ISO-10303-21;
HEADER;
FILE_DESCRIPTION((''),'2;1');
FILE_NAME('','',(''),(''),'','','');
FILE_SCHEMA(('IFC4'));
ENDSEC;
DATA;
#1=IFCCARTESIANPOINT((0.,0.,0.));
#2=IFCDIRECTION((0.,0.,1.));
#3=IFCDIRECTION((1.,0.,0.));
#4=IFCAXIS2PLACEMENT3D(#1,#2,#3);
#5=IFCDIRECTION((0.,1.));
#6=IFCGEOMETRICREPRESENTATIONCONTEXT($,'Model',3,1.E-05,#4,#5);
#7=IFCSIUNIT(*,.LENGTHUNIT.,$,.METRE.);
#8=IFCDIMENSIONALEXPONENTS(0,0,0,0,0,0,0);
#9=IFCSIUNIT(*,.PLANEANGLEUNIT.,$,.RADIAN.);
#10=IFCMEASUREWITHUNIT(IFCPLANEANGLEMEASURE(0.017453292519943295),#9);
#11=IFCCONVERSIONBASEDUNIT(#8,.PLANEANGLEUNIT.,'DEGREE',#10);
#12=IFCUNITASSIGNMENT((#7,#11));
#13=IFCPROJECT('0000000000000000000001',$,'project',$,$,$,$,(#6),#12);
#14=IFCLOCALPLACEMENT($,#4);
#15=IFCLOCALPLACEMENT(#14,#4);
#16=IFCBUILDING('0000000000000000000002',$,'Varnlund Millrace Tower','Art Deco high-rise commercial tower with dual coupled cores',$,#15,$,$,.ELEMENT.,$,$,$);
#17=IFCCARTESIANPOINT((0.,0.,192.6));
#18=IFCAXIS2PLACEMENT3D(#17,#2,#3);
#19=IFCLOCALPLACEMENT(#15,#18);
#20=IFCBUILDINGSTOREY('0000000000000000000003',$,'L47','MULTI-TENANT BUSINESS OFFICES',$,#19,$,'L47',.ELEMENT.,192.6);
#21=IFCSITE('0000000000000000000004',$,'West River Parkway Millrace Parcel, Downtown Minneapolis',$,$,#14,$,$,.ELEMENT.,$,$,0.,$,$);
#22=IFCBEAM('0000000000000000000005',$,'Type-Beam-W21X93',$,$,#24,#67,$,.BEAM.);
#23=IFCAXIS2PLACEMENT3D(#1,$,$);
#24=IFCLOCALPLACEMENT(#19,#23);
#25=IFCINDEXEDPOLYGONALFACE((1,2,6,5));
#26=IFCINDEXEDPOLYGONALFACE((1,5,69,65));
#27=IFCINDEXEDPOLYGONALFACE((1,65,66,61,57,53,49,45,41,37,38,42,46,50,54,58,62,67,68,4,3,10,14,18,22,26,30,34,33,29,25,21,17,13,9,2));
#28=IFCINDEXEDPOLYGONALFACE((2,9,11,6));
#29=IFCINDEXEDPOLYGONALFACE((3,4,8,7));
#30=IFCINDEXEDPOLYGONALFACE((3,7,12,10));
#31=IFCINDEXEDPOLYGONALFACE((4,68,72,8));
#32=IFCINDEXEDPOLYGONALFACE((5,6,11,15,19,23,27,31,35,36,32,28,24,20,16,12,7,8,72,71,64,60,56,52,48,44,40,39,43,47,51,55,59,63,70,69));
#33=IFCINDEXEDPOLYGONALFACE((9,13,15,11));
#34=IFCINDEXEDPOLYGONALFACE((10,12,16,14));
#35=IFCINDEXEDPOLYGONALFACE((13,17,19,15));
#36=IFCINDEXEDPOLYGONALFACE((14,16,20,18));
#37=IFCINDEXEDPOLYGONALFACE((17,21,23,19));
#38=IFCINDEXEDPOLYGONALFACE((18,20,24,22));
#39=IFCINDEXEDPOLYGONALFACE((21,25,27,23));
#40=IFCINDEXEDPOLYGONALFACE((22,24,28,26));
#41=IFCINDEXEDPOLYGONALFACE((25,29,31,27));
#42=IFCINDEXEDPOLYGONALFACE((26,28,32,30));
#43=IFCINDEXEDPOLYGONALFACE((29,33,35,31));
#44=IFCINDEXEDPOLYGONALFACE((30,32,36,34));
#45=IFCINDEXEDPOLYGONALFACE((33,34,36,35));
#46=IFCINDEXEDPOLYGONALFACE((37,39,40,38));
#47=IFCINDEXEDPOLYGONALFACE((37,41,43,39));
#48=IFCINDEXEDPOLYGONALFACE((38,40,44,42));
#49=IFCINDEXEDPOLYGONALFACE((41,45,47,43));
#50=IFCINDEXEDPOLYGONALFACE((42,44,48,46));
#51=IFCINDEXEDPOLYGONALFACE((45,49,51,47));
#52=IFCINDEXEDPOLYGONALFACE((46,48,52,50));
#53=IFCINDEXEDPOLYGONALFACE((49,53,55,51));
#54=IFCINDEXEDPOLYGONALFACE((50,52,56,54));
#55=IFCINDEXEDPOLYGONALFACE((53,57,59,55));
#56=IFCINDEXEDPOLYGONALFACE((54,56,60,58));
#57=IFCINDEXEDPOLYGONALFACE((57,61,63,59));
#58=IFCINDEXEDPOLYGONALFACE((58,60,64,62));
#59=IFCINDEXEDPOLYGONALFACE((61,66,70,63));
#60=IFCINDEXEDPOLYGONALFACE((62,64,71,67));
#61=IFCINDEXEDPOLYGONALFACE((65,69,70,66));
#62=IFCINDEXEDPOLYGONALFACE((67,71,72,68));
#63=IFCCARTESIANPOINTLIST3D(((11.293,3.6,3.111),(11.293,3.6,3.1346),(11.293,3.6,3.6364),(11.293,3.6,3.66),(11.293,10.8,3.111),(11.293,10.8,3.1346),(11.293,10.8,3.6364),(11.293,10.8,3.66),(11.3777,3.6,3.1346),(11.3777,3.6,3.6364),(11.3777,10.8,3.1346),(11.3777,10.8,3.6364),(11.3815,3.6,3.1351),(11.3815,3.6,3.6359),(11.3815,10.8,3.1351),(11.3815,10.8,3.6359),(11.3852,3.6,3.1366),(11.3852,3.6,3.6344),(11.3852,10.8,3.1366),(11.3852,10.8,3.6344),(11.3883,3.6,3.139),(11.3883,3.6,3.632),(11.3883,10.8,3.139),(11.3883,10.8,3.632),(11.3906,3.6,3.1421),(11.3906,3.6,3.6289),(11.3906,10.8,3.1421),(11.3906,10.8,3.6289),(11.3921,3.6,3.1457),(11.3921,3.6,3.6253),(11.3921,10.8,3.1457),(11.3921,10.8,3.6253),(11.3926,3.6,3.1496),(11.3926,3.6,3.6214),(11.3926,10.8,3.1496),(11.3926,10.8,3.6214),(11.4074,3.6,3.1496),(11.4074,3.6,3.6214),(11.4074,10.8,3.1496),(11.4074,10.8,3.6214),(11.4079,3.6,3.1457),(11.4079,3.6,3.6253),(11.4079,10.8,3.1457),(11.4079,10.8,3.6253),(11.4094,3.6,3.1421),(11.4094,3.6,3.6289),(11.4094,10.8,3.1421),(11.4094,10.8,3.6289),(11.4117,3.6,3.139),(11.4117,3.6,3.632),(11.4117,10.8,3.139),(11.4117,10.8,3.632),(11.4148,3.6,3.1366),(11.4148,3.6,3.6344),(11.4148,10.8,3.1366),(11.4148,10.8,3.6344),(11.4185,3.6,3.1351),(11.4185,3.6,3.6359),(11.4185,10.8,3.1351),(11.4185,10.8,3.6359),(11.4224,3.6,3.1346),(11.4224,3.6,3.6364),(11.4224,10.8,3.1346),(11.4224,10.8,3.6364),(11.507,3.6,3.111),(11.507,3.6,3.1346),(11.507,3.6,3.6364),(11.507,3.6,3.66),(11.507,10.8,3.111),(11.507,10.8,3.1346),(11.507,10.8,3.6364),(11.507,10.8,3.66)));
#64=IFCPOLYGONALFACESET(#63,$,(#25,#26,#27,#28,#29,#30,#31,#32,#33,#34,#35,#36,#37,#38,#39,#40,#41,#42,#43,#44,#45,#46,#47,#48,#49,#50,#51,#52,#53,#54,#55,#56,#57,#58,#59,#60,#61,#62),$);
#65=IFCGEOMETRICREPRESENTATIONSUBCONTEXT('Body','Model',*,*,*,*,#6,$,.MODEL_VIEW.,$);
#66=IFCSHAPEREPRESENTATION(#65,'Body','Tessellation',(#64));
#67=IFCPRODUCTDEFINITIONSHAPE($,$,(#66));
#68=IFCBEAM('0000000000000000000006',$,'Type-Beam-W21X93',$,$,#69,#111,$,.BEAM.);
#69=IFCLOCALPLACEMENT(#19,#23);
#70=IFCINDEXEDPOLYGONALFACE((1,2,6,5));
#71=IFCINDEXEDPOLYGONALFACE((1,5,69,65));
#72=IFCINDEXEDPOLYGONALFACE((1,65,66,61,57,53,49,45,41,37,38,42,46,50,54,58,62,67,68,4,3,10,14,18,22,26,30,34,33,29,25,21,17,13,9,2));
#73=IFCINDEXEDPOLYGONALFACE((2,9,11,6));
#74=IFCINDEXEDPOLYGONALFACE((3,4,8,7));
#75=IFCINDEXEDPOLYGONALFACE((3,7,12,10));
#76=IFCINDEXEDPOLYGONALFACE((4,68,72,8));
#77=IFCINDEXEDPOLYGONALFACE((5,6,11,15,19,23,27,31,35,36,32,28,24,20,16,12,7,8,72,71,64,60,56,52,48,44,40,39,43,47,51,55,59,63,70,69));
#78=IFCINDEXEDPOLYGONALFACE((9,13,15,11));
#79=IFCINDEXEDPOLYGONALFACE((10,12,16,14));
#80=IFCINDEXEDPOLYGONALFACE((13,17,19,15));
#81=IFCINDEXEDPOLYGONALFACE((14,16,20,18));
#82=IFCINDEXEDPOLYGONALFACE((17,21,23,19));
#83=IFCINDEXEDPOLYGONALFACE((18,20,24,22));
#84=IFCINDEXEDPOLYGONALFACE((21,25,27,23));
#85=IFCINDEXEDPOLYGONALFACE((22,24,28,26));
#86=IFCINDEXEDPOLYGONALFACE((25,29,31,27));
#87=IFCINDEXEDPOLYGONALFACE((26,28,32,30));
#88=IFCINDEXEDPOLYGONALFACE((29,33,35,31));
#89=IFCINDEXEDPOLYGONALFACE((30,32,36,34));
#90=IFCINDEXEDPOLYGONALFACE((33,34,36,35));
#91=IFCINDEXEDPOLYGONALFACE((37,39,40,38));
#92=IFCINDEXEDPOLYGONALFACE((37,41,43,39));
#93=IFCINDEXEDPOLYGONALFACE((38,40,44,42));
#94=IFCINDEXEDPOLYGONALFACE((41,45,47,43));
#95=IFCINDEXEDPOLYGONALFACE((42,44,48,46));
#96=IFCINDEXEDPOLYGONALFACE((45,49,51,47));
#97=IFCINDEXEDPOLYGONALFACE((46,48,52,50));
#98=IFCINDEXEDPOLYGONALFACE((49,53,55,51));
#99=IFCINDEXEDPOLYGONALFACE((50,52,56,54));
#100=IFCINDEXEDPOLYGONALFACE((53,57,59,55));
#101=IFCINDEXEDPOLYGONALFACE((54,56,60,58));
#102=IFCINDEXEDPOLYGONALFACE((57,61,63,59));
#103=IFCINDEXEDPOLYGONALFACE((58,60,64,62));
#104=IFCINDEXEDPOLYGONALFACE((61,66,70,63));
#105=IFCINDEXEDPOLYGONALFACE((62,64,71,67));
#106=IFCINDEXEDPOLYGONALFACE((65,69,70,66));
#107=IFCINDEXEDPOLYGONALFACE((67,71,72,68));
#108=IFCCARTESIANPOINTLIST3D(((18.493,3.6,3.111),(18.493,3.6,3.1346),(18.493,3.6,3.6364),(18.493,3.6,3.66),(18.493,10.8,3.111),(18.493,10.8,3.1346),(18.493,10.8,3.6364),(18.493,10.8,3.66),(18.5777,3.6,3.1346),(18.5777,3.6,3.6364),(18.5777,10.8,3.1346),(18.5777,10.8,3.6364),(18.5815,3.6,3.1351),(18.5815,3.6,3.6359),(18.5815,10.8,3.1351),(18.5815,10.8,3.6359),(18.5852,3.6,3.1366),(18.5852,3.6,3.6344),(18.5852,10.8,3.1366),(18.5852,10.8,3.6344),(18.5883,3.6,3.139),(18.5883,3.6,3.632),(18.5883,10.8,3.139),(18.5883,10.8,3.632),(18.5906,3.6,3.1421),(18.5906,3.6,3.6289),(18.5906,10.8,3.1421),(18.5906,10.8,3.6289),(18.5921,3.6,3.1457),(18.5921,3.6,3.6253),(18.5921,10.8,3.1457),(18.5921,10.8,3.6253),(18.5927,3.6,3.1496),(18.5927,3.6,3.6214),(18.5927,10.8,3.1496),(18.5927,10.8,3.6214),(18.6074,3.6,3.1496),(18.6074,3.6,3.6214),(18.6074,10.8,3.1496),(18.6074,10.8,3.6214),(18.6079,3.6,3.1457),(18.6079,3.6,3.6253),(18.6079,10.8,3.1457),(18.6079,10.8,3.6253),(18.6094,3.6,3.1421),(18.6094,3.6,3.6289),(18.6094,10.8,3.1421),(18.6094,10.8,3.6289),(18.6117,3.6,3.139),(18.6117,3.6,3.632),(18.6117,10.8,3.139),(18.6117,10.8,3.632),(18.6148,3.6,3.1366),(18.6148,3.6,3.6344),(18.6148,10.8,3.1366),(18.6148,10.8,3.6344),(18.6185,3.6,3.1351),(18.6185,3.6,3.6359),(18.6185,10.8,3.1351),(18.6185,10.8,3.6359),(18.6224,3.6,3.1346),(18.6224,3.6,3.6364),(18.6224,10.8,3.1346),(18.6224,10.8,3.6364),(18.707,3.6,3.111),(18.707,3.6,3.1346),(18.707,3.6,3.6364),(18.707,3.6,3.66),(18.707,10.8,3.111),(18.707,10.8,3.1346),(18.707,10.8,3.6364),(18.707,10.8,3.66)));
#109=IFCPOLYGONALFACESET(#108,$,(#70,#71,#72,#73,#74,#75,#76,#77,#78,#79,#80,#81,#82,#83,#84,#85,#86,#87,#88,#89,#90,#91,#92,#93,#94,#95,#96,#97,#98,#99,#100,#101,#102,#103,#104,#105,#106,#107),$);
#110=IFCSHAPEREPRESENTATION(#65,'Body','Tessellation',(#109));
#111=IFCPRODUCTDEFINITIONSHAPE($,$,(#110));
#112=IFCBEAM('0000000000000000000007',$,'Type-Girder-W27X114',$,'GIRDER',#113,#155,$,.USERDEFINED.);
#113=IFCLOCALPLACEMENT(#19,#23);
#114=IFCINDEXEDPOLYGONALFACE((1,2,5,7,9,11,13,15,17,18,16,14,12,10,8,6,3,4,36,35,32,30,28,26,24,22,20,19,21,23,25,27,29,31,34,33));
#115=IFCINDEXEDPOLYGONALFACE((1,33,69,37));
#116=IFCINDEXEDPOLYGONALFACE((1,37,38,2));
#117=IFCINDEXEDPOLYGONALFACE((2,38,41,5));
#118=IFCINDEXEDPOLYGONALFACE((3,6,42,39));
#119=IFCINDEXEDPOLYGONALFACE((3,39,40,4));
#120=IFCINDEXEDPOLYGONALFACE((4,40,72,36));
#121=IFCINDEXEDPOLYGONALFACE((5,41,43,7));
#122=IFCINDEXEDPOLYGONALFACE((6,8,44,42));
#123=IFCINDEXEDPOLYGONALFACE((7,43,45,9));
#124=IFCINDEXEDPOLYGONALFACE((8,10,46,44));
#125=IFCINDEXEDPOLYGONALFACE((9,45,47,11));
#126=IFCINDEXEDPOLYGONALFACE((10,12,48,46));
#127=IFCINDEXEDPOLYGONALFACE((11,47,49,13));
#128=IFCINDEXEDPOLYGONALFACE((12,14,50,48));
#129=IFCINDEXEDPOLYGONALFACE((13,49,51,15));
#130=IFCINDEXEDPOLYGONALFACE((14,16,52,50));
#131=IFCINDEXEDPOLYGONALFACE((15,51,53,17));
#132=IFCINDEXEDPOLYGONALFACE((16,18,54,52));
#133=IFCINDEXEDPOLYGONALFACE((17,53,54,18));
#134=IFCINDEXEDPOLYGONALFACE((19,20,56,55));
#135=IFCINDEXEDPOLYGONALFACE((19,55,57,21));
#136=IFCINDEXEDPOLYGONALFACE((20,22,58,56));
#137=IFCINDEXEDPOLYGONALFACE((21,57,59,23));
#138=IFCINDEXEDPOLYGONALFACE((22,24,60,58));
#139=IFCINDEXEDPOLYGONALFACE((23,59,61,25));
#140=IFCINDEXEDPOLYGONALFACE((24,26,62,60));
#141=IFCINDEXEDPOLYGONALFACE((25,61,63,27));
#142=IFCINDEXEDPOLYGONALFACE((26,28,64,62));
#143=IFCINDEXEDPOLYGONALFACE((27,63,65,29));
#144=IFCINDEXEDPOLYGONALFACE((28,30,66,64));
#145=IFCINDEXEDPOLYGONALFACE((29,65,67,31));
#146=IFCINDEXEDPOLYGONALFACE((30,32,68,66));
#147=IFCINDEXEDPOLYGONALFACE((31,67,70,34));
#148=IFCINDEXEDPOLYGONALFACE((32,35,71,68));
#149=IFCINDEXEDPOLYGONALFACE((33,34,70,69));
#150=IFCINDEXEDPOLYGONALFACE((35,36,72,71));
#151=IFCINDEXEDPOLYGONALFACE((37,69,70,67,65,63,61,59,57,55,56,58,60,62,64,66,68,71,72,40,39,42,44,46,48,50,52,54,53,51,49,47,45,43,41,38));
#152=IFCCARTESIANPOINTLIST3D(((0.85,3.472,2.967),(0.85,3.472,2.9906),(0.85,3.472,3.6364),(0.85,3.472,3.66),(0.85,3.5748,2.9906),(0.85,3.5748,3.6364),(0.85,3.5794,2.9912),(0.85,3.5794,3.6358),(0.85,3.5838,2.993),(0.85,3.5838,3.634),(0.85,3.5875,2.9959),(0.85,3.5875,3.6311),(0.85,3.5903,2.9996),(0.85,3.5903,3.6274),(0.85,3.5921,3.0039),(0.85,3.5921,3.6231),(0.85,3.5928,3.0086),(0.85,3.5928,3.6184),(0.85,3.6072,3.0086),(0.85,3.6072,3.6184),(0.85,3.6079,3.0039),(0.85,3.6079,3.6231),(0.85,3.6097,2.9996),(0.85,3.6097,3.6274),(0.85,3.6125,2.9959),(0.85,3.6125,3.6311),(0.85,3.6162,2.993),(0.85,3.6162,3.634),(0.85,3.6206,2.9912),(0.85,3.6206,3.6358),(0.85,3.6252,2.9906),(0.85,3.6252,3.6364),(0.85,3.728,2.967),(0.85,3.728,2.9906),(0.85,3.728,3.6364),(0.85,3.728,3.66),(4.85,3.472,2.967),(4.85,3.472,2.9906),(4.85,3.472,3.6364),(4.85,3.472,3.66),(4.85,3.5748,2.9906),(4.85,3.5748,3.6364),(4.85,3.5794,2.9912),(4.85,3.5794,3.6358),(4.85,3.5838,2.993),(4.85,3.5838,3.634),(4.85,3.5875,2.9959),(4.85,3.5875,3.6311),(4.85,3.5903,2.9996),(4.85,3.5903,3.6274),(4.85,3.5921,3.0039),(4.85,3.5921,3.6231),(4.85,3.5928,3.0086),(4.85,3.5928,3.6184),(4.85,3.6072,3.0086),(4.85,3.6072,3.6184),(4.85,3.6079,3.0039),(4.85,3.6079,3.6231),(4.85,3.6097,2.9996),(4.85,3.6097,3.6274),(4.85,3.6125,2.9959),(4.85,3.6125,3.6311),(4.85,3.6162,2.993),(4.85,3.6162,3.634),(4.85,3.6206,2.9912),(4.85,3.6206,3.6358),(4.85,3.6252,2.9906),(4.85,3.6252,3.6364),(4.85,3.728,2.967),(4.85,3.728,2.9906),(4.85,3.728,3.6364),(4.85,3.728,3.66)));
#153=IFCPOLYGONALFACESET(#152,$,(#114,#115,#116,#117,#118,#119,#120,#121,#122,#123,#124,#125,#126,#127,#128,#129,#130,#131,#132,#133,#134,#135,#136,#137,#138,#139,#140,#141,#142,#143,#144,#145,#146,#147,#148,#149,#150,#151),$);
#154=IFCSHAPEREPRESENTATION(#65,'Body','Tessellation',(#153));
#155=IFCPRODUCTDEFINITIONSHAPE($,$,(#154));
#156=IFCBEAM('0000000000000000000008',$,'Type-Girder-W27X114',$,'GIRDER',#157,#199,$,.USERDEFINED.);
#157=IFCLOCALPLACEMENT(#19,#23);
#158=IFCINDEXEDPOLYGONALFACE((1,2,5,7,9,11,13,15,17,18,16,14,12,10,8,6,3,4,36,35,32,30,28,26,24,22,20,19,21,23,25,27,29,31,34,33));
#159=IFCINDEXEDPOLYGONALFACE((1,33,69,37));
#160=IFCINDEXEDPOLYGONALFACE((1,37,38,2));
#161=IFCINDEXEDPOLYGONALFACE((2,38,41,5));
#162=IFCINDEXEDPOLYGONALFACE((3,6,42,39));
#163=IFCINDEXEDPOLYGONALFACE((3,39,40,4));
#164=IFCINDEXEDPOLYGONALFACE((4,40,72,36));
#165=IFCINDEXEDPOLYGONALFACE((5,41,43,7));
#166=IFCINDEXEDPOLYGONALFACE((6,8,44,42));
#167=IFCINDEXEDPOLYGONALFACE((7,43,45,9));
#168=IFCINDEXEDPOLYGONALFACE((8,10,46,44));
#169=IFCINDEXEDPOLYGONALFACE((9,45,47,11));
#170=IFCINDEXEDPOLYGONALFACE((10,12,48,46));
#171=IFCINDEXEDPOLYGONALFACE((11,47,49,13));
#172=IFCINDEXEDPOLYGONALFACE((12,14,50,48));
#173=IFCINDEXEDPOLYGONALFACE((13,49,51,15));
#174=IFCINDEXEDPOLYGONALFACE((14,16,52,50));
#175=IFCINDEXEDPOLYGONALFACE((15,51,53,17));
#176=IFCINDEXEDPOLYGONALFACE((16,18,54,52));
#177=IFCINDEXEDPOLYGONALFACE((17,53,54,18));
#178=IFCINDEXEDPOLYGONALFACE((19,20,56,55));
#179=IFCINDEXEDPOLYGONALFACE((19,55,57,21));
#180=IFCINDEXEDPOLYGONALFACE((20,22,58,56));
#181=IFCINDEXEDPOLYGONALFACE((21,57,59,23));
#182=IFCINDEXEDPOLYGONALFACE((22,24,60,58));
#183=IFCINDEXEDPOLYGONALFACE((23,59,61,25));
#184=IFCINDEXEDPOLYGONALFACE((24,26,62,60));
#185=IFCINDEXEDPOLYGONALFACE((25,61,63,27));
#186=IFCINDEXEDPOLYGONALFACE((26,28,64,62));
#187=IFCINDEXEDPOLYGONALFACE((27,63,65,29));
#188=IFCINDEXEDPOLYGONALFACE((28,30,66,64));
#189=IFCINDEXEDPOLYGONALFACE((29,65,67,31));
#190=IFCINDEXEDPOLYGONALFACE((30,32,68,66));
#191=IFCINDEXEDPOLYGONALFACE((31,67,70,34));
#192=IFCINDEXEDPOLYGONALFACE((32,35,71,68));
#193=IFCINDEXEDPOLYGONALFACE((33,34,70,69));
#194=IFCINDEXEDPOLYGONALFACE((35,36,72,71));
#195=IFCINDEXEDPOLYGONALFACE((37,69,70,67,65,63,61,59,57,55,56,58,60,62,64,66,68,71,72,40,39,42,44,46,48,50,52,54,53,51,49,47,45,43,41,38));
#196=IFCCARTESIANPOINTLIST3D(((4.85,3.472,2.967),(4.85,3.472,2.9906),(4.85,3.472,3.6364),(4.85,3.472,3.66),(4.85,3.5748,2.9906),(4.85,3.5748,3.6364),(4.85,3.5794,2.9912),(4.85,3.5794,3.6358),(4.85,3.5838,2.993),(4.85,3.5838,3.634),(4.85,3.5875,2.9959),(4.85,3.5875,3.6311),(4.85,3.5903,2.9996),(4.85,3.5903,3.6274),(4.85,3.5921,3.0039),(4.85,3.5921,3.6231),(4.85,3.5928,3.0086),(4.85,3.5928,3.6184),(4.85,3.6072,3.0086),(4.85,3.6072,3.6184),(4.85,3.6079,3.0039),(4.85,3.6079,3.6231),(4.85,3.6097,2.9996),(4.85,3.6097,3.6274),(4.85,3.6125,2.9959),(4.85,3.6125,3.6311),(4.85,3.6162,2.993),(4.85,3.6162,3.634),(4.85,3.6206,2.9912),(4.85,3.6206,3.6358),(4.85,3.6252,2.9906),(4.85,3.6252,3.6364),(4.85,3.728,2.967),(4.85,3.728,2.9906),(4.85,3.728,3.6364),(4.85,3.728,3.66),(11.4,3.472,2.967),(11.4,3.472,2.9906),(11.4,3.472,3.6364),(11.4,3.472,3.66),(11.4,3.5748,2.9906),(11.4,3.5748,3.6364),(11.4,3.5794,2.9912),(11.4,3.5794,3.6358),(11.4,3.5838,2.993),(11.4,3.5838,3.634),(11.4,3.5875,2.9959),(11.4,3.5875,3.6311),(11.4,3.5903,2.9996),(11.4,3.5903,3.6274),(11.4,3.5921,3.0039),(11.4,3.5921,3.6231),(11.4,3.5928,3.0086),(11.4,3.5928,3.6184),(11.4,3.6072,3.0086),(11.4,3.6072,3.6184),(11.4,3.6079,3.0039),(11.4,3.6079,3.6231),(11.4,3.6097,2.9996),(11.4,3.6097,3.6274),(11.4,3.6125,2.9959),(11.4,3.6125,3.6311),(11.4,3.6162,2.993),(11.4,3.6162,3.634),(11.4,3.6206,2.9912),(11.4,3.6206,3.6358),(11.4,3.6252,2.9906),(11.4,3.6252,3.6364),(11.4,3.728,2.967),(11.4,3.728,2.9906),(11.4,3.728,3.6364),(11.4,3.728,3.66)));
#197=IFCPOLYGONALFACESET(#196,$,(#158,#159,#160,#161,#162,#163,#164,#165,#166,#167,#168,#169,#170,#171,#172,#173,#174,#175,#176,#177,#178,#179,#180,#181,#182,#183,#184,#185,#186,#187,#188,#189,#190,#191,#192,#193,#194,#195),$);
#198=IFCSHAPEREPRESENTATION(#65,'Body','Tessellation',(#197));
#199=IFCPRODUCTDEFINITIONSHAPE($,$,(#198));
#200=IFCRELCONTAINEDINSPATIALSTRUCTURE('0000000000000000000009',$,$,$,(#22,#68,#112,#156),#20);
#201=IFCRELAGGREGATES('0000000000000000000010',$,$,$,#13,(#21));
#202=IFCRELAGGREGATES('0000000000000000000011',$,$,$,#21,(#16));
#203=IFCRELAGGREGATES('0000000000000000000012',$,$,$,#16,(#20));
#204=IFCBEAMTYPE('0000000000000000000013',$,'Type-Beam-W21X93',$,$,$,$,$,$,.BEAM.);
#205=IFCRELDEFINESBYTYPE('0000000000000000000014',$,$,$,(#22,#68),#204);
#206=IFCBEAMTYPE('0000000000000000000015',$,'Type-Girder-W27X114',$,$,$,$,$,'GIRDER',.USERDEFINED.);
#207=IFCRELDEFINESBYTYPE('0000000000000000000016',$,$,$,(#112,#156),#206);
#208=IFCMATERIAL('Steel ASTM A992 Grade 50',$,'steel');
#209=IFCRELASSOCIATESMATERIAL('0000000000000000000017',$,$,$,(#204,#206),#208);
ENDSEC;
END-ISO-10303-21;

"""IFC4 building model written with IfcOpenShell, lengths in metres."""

from ifc_helpers import new_model, entity, si_unit, converted_unit, direction, frame, origin_with_axes, origin_2d_with_axis, place, context, subcontext, project, spatial, i_section, extrude, material, material_profile, profile_set, type_object, element, save


model = new_model("IFC4")

# Units and contexts
model_context = context("Model", 3, precision=1e-05, world=origin_with_axes(), true_north=direction((0.0, 1.0)))
body_context = subcontext(model_context, "Body", "Model", "MODEL_VIEW")
ifc_project = project(units=[si_unit("LENGTHUNIT", "METRE"), converted_unit("PLANEANGLEUNIT", "DEGREE", entity("IfcPlaneAngleMeasure", 0.017453292519943295), si_unit("PLANEANGLEUNIT", "RADIAN"), dimensions=[0, 0, 0, 0, 0, 0, 0])], contexts=[model_context])

# Site, building, storey
site_placement = place(None, origin_with_axes())
site = spatial("IfcSite", under=ifc_project, at=site_placement, Name="West River Parkway Millrace Parcel, Downtown Minneapolis", CompositionType="ELEMENT", RefElevation=0.0)
building_placement = place(site_placement, origin_with_axes())
building = spatial("IfcBuilding", under=site, at=building_placement, Name="Varnlund Millrace Tower", Description="Art Deco high-rise commercial tower with dual coupled cores", CompositionType="ELEMENT")
storey_placement = place(building_placement, frame((0.0, 0.0, 192.6), z_axis=(0.0, 0.0, 1.0), x_axis=(1.0, 0.0, 0.0)))
storey = spatial("IfcBuildingStorey", under=building, at=storey_placement, Name="L47", Description="MULTI-TENANT BUSINESS OFFICES", LongName="L47", CompositionType="ELEMENT", Elevation=192.6)

# Beams
ifc_material_1 = material(Name="Steel ASTM A992 Grade 50", Category="steel")
ifc_material_profile_1 = material_profile(ifc_material_1, i_section(OverallWidth=0.214, OverallDepth=0.549, WebThickness=0.0147, FlangeThickness=0.0236, FilletRadius=0.015, at=origin_2d_with_axis()), Name="Steel ASTM A992 Grade 50")
ifc_profile_set_1 = profile_set([ifc_material_profile_1], Name="Steel ASTM A992 Grade 50")
beam_type_1 = type_object("IfcBeamType", Name="Type-Beam-W21X93", PredefinedType="BEAM", material=ifc_profile_set_1)
for number, where, z_axis, x_axis, name in (
    (1, (11.4, 3.6, 3.3855), (0.0, 1.0, 0.0), (-1.0, 0.0, 0.0), "Type-Beam-W21X93"),
    (2, (18.6, 3.6, 3.3855), (0.0, 1.0, 0.0), (-1.0, 0.0, 0.0), "Type-Beam-W21X93"),
):
    element("IfcBeam", number, at=place(storey_placement, frame(where, z_axis=z_axis, x_axis=x_axis)), inside=storey, type_object=beam_type_1, Name=name, PredefinedType="BEAM", context=body_context, shape_type="SweptSolid", body=[
        extrude(i_section(OverallWidth=0.214, OverallDepth=0.549, WebThickness=0.0147, FlangeThickness=0.0236, FilletRadius=0.015, at=origin_2d_with_axis()), origin_with_axes(), (0.0, 0.0, 1.0), 7.2),
    ])
ifc_material_profile_2 = material_profile(ifc_material_1, i_section(OverallWidth=0.256, OverallDepth=0.693, WebThickness=0.0145, FlangeThickness=0.0236, FilletRadius=0.018, at=origin_2d_with_axis()), Name="Steel ASTM A992 Grade 50")
ifc_profile_set_2 = profile_set([ifc_material_profile_2], Name="Steel ASTM A992 Grade 50")
beam_type_2 = type_object("IfcBeamType", Name="Type-Girder-W27X114", ElementType="GIRDER", PredefinedType="USERDEFINED", material=ifc_profile_set_2)
beam_1_placement = place(storey_placement, frame((0.85, 3.6, 3.3135), z_axis=(1.0, 0.0, 0.0), x_axis=(0.0, 1.0, 0.0)))
element("IfcBeam", 3, at=beam_1_placement, inside=storey, type_object=beam_type_2, Name="Type-Girder-W27X114", ObjectType="GIRDER", PredefinedType="USERDEFINED", context=body_context, shape_type="SweptSolid", body=[
    extrude(i_section(OverallWidth=0.256, OverallDepth=0.693, WebThickness=0.0145, FlangeThickness=0.0236, FilletRadius=0.018, at=origin_2d_with_axis()), origin_with_axes(), (0.0, 0.0, 1.0), 4.0),
])
beam_2_placement = place(storey_placement, frame((4.85, 3.6, 3.3135), z_axis=(1.0, 0.0, 0.0), x_axis=(0.0, 1.0, 0.0)))
element("IfcBeam", 4, at=beam_2_placement, inside=storey, type_object=beam_type_2, Name="Type-Girder-W27X114", ObjectType="GIRDER", PredefinedType="USERDEFINED", context=body_context, shape_type="SweptSolid", body=[
    extrude(i_section(OverallWidth=0.256, OverallDepth=0.693, WebThickness=0.0145, FlangeThickness=0.0236, FilletRadius=0.018, at=origin_2d_with_axis()), origin_with_axes(), (0.0, 0.0, 1.0), 6.55),
])

save(model, "model.ifc")
